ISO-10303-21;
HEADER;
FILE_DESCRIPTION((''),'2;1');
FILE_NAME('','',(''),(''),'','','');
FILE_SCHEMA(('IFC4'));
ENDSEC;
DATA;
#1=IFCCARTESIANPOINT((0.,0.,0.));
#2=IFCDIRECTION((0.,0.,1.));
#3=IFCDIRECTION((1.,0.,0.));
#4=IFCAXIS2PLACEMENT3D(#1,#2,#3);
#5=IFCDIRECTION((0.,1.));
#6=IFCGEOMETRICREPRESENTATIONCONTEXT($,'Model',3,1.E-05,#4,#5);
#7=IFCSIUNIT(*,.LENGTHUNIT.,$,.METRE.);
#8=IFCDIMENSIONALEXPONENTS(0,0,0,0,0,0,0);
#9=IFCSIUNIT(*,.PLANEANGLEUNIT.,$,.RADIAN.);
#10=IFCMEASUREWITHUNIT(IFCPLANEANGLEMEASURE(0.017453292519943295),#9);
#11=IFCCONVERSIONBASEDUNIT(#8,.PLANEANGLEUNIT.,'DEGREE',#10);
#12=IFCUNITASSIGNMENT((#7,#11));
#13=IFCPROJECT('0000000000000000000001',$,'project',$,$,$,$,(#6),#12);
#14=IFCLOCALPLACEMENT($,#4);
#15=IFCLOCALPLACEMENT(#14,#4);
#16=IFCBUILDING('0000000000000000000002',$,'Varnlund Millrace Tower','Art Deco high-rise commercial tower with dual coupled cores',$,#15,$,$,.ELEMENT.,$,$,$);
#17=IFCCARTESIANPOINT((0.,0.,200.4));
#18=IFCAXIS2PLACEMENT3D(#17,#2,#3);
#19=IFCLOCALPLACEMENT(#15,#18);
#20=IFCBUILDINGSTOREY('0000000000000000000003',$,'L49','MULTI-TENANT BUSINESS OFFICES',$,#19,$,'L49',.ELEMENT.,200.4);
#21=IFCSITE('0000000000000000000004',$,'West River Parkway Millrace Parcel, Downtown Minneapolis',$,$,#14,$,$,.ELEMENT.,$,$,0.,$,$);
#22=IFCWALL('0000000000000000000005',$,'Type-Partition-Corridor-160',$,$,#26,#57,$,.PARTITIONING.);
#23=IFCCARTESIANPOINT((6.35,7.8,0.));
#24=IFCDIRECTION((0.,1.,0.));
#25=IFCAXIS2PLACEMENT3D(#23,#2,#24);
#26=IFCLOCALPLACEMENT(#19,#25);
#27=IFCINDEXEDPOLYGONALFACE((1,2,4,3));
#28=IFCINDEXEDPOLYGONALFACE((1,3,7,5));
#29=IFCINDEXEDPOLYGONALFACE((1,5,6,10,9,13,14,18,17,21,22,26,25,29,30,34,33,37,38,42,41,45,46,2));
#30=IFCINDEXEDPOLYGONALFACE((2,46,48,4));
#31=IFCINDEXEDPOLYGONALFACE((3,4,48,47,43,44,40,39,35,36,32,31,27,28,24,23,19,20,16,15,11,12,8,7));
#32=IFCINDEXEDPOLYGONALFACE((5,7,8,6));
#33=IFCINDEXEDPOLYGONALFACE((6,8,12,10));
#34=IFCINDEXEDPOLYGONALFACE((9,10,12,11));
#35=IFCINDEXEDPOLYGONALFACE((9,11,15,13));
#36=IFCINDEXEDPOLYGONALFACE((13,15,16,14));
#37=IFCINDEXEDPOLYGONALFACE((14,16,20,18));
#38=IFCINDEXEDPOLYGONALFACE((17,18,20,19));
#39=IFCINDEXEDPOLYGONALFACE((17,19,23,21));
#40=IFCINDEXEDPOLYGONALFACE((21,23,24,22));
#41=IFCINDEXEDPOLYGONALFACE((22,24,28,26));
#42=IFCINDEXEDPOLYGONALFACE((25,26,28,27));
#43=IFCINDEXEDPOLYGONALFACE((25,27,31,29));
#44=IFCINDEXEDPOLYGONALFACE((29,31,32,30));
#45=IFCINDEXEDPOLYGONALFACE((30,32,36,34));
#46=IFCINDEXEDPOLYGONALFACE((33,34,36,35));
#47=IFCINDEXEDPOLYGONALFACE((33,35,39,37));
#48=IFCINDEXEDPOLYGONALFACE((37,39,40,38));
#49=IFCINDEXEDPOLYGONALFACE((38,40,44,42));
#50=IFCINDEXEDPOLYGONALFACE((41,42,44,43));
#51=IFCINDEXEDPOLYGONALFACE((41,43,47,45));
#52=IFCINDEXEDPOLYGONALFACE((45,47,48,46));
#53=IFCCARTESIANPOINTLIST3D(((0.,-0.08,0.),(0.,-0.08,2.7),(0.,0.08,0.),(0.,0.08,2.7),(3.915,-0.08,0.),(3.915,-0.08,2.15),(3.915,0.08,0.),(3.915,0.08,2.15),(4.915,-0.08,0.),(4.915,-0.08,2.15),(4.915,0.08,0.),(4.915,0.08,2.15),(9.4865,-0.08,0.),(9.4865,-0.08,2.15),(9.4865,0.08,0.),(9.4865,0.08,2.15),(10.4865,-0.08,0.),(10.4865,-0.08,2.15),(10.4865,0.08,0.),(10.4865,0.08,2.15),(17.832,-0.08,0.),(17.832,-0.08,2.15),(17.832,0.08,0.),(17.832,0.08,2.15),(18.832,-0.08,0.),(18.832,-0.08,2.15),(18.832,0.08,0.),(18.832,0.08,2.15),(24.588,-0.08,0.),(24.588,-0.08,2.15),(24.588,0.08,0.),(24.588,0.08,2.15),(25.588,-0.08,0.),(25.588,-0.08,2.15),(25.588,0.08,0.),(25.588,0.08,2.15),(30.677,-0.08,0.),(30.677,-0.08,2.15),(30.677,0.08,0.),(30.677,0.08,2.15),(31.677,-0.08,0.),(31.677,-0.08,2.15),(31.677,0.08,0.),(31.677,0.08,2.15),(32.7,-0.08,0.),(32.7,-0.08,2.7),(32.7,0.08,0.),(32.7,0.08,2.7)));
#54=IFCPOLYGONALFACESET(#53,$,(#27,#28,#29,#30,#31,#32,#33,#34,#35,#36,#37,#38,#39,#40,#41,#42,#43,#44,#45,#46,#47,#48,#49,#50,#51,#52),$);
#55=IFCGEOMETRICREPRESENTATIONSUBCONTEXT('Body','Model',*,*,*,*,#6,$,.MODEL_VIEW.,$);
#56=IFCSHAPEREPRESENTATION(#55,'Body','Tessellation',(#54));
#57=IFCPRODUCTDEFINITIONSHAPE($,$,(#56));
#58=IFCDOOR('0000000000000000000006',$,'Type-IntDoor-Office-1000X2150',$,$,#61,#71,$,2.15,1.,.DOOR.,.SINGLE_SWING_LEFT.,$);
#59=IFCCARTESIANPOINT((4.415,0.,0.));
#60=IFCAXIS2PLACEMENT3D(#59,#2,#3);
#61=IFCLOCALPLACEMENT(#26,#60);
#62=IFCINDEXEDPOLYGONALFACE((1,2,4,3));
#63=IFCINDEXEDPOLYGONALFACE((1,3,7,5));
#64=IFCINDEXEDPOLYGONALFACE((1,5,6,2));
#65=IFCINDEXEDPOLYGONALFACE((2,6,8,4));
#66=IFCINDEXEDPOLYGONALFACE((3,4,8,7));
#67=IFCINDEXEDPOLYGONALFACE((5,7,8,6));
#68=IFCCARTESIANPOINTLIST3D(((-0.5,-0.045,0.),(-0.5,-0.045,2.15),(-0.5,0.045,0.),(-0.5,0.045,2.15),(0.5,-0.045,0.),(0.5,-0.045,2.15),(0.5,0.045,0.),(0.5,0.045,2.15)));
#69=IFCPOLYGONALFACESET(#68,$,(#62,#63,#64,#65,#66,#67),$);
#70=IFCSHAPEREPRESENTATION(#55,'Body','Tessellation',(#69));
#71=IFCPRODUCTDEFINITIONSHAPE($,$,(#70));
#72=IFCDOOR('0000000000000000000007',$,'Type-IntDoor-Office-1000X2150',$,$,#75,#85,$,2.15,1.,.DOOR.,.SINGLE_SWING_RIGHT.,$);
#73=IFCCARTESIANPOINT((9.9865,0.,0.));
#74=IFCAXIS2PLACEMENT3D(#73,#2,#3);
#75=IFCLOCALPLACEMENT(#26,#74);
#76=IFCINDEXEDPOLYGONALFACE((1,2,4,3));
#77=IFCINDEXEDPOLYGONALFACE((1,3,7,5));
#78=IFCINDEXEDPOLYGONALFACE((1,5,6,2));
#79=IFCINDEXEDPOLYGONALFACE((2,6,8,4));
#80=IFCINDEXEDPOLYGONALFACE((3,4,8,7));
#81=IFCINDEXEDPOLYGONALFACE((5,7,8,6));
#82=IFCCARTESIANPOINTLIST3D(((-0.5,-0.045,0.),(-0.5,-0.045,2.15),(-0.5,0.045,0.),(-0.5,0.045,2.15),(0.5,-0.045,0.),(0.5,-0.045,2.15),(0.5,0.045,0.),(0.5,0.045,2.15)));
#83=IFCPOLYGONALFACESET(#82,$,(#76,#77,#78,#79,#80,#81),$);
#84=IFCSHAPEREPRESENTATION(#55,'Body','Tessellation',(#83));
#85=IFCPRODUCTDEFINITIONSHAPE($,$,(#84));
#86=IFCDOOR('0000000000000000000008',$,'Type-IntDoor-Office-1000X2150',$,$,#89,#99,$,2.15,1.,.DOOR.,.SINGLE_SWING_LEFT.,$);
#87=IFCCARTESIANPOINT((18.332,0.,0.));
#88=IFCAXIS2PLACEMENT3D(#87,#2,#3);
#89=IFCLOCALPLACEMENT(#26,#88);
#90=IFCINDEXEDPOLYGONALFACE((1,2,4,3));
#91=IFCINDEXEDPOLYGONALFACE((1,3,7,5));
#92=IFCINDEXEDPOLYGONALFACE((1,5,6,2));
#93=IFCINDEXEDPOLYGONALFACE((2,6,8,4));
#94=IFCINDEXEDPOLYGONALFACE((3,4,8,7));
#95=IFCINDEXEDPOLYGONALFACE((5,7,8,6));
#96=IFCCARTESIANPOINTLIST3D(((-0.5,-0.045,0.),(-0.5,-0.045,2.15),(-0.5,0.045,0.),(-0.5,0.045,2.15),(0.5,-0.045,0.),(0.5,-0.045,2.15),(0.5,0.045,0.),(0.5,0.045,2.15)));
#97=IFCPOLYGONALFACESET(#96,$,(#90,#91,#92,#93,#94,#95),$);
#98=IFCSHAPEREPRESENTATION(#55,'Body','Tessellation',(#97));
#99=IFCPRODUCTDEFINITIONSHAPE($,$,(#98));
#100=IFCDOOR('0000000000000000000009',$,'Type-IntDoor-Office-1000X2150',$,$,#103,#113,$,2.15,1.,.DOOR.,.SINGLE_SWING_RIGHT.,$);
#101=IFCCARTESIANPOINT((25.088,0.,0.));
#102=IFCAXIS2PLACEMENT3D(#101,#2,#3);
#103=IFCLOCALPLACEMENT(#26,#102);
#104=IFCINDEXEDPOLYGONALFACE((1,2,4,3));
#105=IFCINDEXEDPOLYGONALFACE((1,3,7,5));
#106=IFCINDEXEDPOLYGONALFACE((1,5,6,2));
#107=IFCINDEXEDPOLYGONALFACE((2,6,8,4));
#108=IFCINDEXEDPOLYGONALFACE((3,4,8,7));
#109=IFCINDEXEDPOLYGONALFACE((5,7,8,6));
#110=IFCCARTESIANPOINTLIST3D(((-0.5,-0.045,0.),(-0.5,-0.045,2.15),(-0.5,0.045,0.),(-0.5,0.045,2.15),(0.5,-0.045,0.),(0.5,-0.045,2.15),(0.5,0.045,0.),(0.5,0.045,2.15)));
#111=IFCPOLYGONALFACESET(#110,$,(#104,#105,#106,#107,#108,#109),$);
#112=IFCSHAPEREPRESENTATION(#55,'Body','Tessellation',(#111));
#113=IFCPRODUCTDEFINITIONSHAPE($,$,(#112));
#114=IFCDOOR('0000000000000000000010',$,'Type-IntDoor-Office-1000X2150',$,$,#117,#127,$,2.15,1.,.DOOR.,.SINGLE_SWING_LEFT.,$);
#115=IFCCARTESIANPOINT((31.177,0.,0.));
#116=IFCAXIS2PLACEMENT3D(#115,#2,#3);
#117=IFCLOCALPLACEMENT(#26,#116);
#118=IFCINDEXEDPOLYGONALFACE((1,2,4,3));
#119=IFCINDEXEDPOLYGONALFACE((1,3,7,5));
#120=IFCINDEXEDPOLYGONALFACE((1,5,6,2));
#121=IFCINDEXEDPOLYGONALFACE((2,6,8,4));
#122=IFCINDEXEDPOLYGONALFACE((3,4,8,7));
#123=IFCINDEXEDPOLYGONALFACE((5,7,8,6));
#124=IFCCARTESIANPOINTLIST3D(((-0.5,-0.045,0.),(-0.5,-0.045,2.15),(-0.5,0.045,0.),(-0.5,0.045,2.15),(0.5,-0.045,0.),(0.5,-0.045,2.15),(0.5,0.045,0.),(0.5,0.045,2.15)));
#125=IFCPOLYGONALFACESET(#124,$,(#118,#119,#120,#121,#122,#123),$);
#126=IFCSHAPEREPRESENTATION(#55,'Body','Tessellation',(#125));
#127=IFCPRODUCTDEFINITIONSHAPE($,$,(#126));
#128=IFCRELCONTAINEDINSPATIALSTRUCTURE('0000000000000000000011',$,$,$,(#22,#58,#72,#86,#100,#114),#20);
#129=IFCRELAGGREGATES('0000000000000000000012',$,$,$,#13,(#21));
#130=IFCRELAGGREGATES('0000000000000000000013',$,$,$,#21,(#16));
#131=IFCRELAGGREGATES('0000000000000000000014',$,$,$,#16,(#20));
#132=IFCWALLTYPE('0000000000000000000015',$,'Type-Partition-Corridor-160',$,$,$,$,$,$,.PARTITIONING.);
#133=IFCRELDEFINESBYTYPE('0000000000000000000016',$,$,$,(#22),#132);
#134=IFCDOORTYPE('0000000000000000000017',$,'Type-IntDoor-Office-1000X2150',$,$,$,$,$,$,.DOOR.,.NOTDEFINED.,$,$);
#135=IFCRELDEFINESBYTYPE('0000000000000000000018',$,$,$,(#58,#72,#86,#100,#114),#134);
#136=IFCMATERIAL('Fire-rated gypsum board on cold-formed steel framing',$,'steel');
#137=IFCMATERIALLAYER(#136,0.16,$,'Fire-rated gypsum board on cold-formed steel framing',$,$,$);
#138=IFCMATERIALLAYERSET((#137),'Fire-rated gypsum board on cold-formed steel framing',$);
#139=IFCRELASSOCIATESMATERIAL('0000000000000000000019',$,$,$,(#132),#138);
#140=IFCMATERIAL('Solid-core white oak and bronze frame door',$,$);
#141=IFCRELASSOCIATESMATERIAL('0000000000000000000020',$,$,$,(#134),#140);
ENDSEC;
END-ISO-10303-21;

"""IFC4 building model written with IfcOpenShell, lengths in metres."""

from ifc_helpers import new_model, entity, si_unit, converted_unit, direction, frame, origin_with_axes, origin_2d_with_axis, place, context, subcontext, project, spatial, polyline, rectangle, outline, extrude, material, layer, layer_set, type_object, element, fill, save


model = new_model("IFC4")

# Units and contexts
model_context = context("Model", 3, precision=1e-05, world=origin_with_axes(), true_north=direction((0.0, 1.0)))
body_context = subcontext(model_context, "Body", "Model", "MODEL_VIEW")
ifc_project = project(units=[si_unit("LENGTHUNIT", "METRE"), converted_unit("PLANEANGLEUNIT", "DEGREE", entity("IfcPlaneAngleMeasure", 0.017453292519943295), si_unit("PLANEANGLEUNIT", "RADIAN"), dimensions=[0, 0, 0, 0, 0, 0, 0])], contexts=[model_context])

# Site, building, storey
site_placement = place(None, origin_with_axes())
site = spatial("IfcSite", under=ifc_project, at=site_placement, Name="West River Parkway Millrace Parcel, Downtown Minneapolis", CompositionType="ELEMENT", RefElevation=0.0)
building_placement = place(site_placement, origin_with_axes())
building = spatial("IfcBuilding", under=site, at=building_placement, Name="Varnlund Millrace Tower", Description="Art Deco high-rise commercial tower with dual coupled cores", CompositionType="ELEMENT")
storey_placement = place(building_placement, frame((0.0, 0.0, 200.4), z_axis=(0.0, 0.0, 1.0), x_axis=(1.0, 0.0, 0.0)))
storey = spatial("IfcBuildingStorey", under=building, at=storey_placement, Name="L49", Description="MULTI-TENANT BUSINESS OFFICES", LongName="L49", CompositionType="ELEMENT", Elevation=200.4)

# Wall, openings, doors
ifc_material_1 = material(Name="Fire-rated gypsum board on cold-formed steel framing", Category="steel")
ifc_layer_1 = layer(ifc_material_1, 0.16, Name="Fire-rated gypsum board on cold-formed steel framing")
ifc_layer_set_1 = layer_set([ifc_layer_1], Name="Fire-rated gypsum board on cold-formed steel framing")
wall_type_1 = type_object("IfcWallType", Name="Type-Partition-Corridor-160", PredefinedType="PARTITIONING", material=ifc_layer_set_1)
ifc_material_2 = material(Name="Solid-core white oak and bronze frame door")
door_type_1 = type_object("IfcDoorType", Name="Type-IntDoor-Office-1000X2150", OperationType="NOTDEFINED", PredefinedType="DOOR", material=ifc_material_2)
wall_1_placement = place(storey_placement, frame((6.35, 7.8, 0.0), z_axis=(0.0, 0.0, 1.0), x_axis=(0.0, 1.0, 0.0)))
wall_1 = element("IfcWall", 1, at=wall_1_placement, inside=storey, type_object=wall_type_1, Name="Type-Partition-Corridor-160", PredefinedType="PARTITIONING", context=body_context, shape_type="SweptSolid", body=[
    extrude(outline(polyline([(0.0, -0.08), (32.7, -0.08), (32.7, 0.08), (0.0, 0.08), (0.0, -0.08)])), origin_with_axes(), (0.0, 0.0, 1.0), 2.7),
])
opening_1_placement = place(wall_1_placement, frame((4.415, 0.0, 0.0), z_axis=(0.0, 0.0, 1.0), x_axis=(1.0, 0.0, 0.0)))
opening_1 = element("IfcOpeningElement", 2, at=opening_1_placement, cuts=wall_1, PredefinedType="OPENING", context=body_context, shape_type="SweptSolid", body=[
    extrude(rectangle(XDim=1.0, YDim=0.18, at=origin_2d_with_axis()), origin_with_axes(), (0.0, 0.0, 1.0), 2.15),
])
opening_2_placement = place(wall_1_placement, frame((9.9865, 0.0, 0.0), z_axis=(0.0, 0.0, 1.0), x_axis=(1.0, 0.0, 0.0)))
opening_2 = element("IfcOpeningElement", 3, at=opening_2_placement, cuts=wall_1, PredefinedType="OPENING", context=body_context, shape_type="SweptSolid", body=[
    extrude(rectangle(XDim=1.0, YDim=0.18, at=origin_2d_with_axis()), origin_with_axes(), (0.0, 0.0, 1.0), 2.15),
])
opening_3_placement = place(wall_1_placement, frame((18.332, 0.0, 0.0), z_axis=(0.0, 0.0, 1.0), x_axis=(1.0, 0.0, 0.0)))
opening_3 = element("IfcOpeningElement", 4, at=opening_3_placement, cuts=wall_1, PredefinedType="OPENING", context=body_context, shape_type="SweptSolid", body=[
    extrude(rectangle(XDim=1.0, YDim=0.18, at=origin_2d_with_axis()), origin_with_axes(), (0.0, 0.0, 1.0), 2.15),
])
opening_4_placement = place(wall_1_placement, frame((25.088, 0.0, 0.0), z_axis=(0.0, 0.0, 1.0), x_axis=(1.0, 0.0, 0.0)))
opening_4 = element("IfcOpeningElement", 5, at=opening_4_placement, cuts=wall_1, PredefinedType="OPENING", context=body_context, shape_type="SweptSolid", body=[
    extrude(rectangle(XDim=1.0, YDim=0.18, at=origin_2d_with_axis()), origin_with_axes(), (0.0, 0.0, 1.0), 2.15),
])
opening_5_placement = place(wall_1_placement, frame((31.177, 0.0, 0.0), z_axis=(0.0, 0.0, 1.0), x_axis=(1.0, 0.0, 0.0)))
opening_5 = element("IfcOpeningElement", 6, at=opening_5_placement, cuts=wall_1, PredefinedType="OPENING", context=body_context, shape_type="SweptSolid", body=[
    extrude(rectangle(XDim=1.0, YDim=0.18, at=origin_2d_with_axis()), origin_with_axes(), (0.0, 0.0, 1.0), 2.15),
])
door_1_placement = place(wall_1_placement, frame((4.415, 0.0, 0.0), z_axis=(0.0, 0.0, 1.0), x_axis=(1.0, 0.0, 0.0)))
door_1 = element("IfcDoor", 7, at=door_1_placement, inside=storey, type_object=door_type_1, Name="Type-IntDoor-Office-1000X2150", OperationType="SINGLE_SWING_LEFT", OverallHeight=2.15, OverallWidth=1.0, PredefinedType="DOOR", context=body_context, shape_type="SweptSolid", body=[
    extrude(rectangle(XDim=1.0, YDim=0.09, at=origin_2d_with_axis()), origin_with_axes(), (0.0, 0.0, 1.0), 2.15),
])
fill(opening_1, door_1)
door_2_placement = place(wall_1_placement, frame((9.9865, 0.0, 0.0), z_axis=(0.0, 0.0, 1.0), x_axis=(1.0, 0.0, 0.0)))
door_2 = element("IfcDoor", 8, at=door_2_placement, inside=storey, type_object=door_type_1, Name="Type-IntDoor-Office-1000X2150", OperationType="SINGLE_SWING_RIGHT", OverallHeight=2.15, OverallWidth=1.0, PredefinedType="DOOR", context=body_context, shape_type="SweptSolid", body=[
    extrude(rectangle(XDim=1.0, YDim=0.09, at=origin_2d_with_axis()), origin_with_axes(), (0.0, 0.0, 1.0), 2.15),
])
fill(opening_2, door_2)
door_3_placement = place(wall_1_placement, frame((18.332, 0.0, 0.0), z_axis=(0.0, 0.0, 1.0), x_axis=(1.0, 0.0, 0.0)))
door_3 = element("IfcDoor", 9, at=door_3_placement, inside=storey, type_object=door_type_1, Name="Type-IntDoor-Office-1000X2150", OperationType="SINGLE_SWING_LEFT", OverallHeight=2.15, OverallWidth=1.0, PredefinedType="DOOR", context=body_context, shape_type="SweptSolid", body=[
    extrude(rectangle(XDim=1.0, YDim=0.09, at=origin_2d_with_axis()), origin_with_axes(), (0.0, 0.0, 1.0), 2.15),
])
fill(opening_3, door_3)
door_4_placement = place(wall_1_placement, frame((25.088, 0.0, 0.0), z_axis=(0.0, 0.0, 1.0), x_axis=(1.0, 0.0, 0.0)))
door_4 = element("IfcDoor", 10, at=door_4_placement, inside=storey, type_object=door_type_1, Name="Type-IntDoor-Office-1000X2150", OperationType="SINGLE_SWING_RIGHT", OverallHeight=2.15, OverallWidth=1.0, PredefinedType="DOOR", context=body_context, shape_type="SweptSolid", body=[
    extrude(rectangle(XDim=1.0, YDim=0.09, at=origin_2d_with_axis()), origin_with_axes(), (0.0, 0.0, 1.0), 2.15),
])
fill(opening_4, door_4)
door_5_placement = place(wall_1_placement, frame((31.177, 0.0, 0.0), z_axis=(0.0, 0.0, 1.0), x_axis=(1.0, 0.0, 0.0)))
door_5 = element("IfcDoor", 11, at=door_5_placement, inside=storey, type_object=door_type_1, Name="Type-IntDoor-Office-1000X2150", OperationType="SINGLE_SWING_LEFT", OverallHeight=2.15, OverallWidth=1.0, PredefinedType="DOOR", context=body_context, shape_type="SweptSolid", body=[
    extrude(rectangle(XDim=1.0, YDim=0.09, at=origin_2d_with_axis()), origin_with_axes(), (0.0, 0.0, 1.0), 2.15),
])
fill(opening_5, door_5)

save(model, "model.ifc")
